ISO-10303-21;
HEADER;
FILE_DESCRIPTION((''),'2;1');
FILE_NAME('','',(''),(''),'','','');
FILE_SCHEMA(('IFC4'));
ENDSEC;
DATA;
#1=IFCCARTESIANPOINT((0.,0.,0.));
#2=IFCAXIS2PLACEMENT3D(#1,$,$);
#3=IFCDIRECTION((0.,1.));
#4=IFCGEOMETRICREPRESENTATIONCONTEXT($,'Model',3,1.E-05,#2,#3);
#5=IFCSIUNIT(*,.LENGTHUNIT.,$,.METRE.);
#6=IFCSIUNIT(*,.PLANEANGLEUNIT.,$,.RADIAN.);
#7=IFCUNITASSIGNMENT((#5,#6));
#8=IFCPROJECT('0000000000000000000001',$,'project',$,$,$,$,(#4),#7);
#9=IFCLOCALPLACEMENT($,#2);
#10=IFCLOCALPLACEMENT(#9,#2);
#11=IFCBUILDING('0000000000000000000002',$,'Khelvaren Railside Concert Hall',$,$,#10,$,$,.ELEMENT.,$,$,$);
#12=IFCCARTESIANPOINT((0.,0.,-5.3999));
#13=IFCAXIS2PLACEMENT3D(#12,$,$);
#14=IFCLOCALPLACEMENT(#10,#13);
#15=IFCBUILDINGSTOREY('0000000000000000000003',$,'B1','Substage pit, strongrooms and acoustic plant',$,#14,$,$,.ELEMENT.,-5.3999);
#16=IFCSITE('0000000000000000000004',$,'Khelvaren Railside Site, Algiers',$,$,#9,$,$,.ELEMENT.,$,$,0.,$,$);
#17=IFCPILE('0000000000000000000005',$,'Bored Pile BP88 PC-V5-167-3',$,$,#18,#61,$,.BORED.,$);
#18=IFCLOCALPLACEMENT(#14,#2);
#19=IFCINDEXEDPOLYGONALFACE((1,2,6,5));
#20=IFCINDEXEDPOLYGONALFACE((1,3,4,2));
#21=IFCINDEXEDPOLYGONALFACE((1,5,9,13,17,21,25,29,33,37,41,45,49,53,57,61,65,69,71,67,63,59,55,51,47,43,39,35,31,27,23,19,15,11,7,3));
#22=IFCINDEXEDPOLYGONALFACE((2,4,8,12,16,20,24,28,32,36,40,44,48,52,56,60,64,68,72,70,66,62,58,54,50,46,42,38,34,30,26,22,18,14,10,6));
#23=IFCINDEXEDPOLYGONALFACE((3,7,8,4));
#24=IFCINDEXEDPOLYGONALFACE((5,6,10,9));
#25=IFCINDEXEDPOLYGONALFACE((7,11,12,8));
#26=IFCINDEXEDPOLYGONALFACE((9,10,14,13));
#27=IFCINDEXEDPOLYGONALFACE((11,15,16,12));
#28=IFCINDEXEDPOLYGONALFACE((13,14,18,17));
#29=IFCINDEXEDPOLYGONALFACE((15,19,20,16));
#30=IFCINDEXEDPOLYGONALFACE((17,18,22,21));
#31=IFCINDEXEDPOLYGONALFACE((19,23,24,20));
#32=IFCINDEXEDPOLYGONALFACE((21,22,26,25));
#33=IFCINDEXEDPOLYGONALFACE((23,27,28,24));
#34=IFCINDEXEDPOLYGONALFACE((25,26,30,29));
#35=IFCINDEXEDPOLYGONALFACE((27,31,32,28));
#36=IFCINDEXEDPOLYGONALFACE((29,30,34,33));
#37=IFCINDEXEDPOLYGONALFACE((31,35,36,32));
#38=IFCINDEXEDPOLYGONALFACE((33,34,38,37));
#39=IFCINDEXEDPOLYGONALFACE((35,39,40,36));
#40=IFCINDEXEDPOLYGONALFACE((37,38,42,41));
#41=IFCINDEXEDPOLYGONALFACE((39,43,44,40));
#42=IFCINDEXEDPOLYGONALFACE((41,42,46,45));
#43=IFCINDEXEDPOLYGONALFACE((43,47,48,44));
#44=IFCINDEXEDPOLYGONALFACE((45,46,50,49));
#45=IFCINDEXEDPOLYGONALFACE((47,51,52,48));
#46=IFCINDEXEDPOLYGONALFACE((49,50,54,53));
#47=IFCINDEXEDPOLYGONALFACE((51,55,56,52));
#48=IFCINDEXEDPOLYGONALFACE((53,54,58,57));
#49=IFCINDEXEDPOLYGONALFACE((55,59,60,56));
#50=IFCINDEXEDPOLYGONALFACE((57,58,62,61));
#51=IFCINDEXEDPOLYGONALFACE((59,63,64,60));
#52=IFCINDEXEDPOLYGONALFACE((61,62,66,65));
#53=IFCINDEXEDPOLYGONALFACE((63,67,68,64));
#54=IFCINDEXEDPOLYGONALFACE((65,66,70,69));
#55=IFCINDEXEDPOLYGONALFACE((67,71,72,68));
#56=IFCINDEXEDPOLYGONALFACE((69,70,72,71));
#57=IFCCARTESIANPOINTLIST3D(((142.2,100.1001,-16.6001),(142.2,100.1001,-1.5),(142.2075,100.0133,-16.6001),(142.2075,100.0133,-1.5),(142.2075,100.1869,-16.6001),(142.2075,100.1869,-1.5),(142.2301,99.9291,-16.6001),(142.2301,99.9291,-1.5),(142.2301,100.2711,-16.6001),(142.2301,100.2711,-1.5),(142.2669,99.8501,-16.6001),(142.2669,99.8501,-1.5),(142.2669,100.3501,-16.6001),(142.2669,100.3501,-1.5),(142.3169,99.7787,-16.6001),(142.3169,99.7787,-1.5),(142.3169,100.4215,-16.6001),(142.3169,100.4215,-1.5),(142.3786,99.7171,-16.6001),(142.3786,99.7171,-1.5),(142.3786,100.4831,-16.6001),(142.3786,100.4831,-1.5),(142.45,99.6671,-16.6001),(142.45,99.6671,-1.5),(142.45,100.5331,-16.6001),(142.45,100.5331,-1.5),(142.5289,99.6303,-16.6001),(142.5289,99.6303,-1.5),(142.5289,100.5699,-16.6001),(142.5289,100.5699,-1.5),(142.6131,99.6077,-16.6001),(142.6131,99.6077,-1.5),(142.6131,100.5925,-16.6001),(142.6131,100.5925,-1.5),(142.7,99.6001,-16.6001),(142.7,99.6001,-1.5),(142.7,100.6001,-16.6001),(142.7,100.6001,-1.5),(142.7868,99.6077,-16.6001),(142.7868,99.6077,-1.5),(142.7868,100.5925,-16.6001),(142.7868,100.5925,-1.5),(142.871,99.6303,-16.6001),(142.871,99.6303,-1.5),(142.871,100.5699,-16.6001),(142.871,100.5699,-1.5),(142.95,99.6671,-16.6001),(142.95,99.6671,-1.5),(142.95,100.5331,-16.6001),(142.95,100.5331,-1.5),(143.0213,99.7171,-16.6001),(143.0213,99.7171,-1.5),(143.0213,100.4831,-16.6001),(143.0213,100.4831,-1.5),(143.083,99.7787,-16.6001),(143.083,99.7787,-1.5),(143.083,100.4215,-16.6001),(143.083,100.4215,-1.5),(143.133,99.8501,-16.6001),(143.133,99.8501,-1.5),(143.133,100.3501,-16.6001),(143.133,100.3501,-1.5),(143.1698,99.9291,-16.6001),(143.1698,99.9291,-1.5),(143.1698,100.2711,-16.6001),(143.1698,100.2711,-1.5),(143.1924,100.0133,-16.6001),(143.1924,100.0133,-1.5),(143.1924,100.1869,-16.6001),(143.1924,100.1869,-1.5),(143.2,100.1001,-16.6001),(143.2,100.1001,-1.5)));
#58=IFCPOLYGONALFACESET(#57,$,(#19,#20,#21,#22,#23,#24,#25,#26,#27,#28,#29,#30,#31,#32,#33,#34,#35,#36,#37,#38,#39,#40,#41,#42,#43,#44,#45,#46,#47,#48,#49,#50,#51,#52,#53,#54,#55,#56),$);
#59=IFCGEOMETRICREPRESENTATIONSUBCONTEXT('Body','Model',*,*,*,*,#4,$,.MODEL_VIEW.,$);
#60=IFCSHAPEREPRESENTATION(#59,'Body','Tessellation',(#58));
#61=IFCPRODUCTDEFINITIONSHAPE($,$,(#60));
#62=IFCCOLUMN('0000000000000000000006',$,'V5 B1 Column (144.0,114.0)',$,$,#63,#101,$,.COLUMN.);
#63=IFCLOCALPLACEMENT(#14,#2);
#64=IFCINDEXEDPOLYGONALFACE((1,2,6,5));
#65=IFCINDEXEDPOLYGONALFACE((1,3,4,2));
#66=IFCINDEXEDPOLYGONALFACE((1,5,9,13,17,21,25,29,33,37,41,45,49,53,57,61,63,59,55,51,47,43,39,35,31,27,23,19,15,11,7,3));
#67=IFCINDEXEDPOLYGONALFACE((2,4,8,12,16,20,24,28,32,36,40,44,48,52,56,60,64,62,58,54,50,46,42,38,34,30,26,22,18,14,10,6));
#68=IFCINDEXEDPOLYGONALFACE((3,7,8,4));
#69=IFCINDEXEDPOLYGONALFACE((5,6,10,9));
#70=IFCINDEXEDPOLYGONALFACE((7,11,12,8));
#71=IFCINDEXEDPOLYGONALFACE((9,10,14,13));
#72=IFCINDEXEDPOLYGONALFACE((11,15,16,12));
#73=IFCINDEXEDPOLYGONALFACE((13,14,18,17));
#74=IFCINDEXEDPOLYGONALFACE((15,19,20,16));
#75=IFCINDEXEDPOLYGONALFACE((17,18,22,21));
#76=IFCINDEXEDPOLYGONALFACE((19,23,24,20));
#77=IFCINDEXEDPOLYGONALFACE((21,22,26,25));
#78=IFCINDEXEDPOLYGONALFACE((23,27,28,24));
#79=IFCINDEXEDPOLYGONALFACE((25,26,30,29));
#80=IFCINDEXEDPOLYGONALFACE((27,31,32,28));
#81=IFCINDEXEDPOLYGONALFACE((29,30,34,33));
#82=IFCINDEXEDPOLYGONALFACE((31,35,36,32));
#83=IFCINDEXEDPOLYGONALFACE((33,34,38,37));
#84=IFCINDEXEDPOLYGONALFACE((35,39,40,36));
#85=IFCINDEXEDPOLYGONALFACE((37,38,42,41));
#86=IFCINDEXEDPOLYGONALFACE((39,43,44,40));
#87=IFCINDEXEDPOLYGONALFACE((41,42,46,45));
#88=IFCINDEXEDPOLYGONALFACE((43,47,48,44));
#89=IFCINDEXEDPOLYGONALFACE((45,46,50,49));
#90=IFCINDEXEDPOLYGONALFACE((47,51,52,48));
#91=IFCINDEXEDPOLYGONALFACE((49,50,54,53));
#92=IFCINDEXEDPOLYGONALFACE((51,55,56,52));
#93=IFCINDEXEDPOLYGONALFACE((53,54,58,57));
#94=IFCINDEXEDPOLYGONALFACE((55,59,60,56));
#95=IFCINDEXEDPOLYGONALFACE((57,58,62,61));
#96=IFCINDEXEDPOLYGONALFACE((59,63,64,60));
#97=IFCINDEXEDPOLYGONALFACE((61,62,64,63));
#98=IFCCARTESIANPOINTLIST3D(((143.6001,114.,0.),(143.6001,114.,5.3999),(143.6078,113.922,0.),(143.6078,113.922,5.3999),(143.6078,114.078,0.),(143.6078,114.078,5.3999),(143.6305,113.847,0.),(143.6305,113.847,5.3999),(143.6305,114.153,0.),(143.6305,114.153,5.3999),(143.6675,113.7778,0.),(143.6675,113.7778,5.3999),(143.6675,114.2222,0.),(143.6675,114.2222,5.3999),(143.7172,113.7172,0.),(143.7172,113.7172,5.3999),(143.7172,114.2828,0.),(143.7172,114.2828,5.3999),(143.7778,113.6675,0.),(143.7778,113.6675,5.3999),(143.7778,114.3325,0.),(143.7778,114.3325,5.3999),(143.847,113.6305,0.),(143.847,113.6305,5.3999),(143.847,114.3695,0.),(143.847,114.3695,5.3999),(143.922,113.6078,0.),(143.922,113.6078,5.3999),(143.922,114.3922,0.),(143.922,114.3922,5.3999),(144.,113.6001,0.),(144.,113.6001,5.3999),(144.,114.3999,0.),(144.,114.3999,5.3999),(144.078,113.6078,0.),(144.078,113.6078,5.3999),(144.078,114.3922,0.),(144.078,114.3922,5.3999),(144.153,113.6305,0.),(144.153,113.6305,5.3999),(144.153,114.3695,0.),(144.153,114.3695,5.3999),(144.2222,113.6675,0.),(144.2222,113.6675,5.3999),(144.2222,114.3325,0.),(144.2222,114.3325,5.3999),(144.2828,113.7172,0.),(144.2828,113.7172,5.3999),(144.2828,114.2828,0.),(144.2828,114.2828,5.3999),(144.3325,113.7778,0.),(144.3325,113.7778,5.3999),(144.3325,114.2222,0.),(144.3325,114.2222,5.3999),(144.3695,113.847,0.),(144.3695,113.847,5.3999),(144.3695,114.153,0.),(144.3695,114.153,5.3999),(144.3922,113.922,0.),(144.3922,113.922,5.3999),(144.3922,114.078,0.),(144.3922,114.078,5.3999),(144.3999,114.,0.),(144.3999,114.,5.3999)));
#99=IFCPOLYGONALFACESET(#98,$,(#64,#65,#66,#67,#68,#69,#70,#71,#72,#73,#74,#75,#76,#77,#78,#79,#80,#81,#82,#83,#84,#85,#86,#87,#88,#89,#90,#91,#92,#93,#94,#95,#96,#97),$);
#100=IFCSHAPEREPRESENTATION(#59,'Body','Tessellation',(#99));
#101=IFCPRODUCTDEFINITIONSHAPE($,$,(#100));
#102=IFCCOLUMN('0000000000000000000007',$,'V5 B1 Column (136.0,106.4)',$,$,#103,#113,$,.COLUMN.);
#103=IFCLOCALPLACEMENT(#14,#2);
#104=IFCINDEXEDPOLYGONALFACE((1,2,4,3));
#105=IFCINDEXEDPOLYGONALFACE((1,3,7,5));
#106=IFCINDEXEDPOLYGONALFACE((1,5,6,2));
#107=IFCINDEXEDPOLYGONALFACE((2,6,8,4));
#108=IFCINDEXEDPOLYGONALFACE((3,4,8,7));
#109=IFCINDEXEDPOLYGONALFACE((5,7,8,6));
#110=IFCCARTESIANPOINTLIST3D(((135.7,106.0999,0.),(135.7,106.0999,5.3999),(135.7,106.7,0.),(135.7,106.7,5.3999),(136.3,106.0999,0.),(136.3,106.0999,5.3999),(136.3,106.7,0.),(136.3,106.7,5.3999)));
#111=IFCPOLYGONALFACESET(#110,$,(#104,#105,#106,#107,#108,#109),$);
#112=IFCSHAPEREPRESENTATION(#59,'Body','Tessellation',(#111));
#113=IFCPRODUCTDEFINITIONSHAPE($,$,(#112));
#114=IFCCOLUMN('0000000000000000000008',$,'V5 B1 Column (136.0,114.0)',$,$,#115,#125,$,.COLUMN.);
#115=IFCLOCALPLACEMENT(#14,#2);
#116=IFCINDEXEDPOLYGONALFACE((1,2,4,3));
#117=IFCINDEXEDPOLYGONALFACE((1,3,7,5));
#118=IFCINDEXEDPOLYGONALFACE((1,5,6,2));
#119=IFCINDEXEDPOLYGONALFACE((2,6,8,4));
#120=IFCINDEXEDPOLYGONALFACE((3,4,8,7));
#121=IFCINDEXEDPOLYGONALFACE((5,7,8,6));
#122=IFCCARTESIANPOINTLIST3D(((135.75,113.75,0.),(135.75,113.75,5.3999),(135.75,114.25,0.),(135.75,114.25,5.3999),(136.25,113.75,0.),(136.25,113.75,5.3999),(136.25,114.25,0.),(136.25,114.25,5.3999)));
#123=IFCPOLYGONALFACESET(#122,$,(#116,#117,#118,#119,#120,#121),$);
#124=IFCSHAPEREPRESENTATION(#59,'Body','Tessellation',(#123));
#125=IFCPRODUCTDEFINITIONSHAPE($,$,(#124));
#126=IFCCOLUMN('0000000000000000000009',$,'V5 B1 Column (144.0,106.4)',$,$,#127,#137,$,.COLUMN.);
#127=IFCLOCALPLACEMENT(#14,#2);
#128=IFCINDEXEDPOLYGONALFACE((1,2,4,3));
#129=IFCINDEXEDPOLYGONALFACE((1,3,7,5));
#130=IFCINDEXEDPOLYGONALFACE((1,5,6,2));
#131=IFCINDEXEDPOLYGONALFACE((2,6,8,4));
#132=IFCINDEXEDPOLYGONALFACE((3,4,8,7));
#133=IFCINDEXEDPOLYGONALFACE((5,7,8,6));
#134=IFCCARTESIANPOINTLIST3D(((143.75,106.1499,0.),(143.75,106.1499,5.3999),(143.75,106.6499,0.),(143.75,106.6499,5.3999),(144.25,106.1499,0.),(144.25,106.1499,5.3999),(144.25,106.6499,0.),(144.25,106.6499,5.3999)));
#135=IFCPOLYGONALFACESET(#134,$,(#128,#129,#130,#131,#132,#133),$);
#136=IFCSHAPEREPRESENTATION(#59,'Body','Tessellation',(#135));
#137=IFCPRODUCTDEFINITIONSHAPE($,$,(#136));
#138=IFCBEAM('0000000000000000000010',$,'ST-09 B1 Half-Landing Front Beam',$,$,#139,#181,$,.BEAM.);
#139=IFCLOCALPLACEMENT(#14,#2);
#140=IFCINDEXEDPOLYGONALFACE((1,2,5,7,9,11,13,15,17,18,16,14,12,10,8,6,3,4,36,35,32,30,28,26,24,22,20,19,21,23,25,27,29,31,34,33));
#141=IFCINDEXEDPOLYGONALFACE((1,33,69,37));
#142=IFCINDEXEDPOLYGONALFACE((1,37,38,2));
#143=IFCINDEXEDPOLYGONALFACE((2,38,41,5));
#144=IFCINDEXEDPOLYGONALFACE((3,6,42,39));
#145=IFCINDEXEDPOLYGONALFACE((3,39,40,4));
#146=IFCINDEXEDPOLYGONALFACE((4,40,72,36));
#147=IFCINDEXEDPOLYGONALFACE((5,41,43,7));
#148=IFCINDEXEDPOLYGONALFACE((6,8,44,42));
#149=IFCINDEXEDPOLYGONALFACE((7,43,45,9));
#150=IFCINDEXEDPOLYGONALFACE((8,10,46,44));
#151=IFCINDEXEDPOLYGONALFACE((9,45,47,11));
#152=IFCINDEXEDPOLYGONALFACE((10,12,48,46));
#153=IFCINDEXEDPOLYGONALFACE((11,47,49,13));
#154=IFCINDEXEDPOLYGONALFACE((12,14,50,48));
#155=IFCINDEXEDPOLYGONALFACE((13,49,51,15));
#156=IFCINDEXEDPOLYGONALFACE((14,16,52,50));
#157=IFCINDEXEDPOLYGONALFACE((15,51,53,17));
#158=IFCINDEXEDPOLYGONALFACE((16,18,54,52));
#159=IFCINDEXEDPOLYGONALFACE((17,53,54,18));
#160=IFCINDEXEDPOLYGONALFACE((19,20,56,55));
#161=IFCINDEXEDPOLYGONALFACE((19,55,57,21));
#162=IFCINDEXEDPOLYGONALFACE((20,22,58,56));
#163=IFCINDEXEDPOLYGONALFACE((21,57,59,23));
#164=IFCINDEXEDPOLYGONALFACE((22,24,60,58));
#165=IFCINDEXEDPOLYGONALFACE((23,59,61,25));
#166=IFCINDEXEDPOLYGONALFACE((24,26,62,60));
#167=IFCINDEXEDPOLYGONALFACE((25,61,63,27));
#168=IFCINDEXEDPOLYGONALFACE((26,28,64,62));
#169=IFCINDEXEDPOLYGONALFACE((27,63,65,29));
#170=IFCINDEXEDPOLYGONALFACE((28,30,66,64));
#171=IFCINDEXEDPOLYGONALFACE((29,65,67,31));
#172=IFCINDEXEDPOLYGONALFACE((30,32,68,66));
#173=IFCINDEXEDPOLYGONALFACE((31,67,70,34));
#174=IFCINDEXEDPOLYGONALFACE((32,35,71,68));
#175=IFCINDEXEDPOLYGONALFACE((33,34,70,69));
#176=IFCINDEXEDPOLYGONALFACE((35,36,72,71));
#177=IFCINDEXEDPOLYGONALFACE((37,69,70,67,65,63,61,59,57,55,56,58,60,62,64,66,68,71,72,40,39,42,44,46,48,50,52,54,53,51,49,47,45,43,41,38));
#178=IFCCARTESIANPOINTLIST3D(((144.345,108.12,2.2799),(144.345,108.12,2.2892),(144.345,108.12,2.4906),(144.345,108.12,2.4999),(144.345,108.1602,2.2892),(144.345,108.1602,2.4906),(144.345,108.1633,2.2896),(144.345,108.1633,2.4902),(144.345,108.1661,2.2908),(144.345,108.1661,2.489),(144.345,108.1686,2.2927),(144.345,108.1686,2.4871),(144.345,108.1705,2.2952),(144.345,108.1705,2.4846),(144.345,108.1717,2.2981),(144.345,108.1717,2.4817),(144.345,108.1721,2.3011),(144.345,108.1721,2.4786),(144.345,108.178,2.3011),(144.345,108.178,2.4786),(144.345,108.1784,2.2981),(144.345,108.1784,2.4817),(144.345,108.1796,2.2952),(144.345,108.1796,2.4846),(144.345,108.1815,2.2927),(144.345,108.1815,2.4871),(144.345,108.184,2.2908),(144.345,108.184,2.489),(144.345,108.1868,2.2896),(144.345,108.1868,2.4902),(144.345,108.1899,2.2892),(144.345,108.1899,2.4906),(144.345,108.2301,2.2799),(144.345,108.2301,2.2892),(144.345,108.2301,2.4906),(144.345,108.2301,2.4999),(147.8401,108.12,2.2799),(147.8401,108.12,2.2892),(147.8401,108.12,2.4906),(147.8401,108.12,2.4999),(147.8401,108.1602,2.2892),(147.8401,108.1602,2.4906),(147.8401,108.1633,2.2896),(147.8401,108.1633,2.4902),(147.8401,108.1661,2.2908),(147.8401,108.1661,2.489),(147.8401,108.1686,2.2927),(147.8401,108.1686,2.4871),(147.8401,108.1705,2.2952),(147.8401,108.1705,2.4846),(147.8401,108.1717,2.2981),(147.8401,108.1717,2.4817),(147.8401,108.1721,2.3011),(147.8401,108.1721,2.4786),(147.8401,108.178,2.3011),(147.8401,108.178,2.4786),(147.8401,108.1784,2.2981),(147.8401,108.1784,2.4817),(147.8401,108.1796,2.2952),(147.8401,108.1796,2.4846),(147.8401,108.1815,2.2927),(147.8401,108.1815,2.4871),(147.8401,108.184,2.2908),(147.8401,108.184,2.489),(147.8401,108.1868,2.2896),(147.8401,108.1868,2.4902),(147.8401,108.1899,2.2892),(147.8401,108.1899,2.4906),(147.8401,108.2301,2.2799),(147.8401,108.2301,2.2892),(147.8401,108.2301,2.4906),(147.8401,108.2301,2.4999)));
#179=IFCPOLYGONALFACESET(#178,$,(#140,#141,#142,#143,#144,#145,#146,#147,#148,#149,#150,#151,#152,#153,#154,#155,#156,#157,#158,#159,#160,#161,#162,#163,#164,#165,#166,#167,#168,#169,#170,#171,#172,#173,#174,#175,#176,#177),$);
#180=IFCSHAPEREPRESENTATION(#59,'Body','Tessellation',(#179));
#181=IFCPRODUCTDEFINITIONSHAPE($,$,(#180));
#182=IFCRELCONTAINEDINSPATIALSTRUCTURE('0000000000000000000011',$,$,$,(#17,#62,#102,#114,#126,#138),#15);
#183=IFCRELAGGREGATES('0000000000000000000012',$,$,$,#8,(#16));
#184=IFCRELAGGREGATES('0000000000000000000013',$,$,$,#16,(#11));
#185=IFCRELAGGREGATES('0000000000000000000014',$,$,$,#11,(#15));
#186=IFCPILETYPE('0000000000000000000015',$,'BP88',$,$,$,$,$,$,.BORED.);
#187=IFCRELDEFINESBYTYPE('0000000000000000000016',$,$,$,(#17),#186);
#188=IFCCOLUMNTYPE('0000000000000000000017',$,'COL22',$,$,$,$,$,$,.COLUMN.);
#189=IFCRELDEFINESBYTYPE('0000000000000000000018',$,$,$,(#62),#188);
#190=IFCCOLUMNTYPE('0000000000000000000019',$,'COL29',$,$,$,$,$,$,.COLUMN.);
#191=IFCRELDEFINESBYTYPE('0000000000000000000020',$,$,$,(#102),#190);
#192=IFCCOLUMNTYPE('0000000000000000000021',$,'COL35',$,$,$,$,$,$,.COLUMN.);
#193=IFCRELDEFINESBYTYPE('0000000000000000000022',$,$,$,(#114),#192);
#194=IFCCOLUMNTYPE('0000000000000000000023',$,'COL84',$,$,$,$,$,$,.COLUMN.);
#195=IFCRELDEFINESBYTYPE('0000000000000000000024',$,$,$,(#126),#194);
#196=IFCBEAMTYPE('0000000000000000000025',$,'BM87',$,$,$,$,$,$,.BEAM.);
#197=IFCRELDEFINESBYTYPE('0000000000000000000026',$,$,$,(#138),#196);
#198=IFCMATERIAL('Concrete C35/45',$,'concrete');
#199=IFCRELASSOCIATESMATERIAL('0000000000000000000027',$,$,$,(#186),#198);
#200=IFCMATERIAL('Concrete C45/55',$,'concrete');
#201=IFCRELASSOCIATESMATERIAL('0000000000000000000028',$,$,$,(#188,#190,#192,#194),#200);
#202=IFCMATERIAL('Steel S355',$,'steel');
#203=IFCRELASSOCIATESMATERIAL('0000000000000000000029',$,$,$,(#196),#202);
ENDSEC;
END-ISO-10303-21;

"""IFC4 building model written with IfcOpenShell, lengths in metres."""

from ifc_helpers import new_model, si_unit, direction, frame, origin, origin_2d, place, context, subcontext, project, spatial, rectangle, circle, i_section, extrude, material, material_profile, profile_set, type_object, element, save


model = new_model("IFC4")

# Units and contexts
model_context = context("Model", 3, precision=1e-05, world=origin(), true_north=direction((0.0, 1.0)))
body_context = subcontext(model_context, "Body", "Model", "MODEL_VIEW")
ifc_project = project(units=[si_unit("LENGTHUNIT", "METRE"), si_unit("PLANEANGLEUNIT", "RADIAN")], contexts=[model_context])

# Site, building, storey
site_placement = place(None, origin())
site = spatial("IfcSite", under=ifc_project, at=site_placement, Name="Khelvaren Railside Site, Algiers", CompositionType="ELEMENT", RefElevation=0.0)
building_placement = place(site_placement, origin())
building = spatial("IfcBuilding", under=site, at=building_placement, Name="Khelvaren Railside Concert Hall", CompositionType="ELEMENT")
storey_placement = place(building_placement, frame((0.0, 0.0, -5.3999)))
storey = spatial("IfcBuildingStorey", under=building, at=storey_placement, Name="B1", Description="Substage pit, strongrooms and acoustic plant", CompositionType="ELEMENT", Elevation=-5.3999)

# Pile
ifc_material_1 = material(Name="Concrete C35/45", Category="concrete")
ifc_material_profile_1 = material_profile(ifc_material_1, circle(Radius=0.5, at=origin_2d()), Name="BP D1000")
ifc_profile_set_1 = profile_set([ifc_material_profile_1], Name="Concrete C35/45")
pile_type_1 = type_object("IfcPileType", Name="BP88", PredefinedType="BORED", material=ifc_profile_set_1)
pile_placement = place(storey_placement, frame((142.7, 100.1001, -1.5), z_axis=(0.0, 0.0, -1.0), x_axis=(1.0, 0.0, 0.0)))
element("IfcPile", 1, at=pile_placement, inside=storey, type_object=pile_type_1, Name="Bored Pile BP88 PC-V5-167-3", PredefinedType="BORED", context=body_context, shape_type="SweptSolid", body=[
    extrude(circle(Radius=0.5, at=origin_2d()), origin(), (0.0, 0.0, 1.0), 15.1001),
])

# Columns
ifc_material_2 = material(Name="Concrete C45/55", Category="concrete")
ifc_material_profile_2 = material_profile(ifc_material_2, circle(Radius=0.3999, at=origin_2d()), Name="RC D800")
ifc_profile_set_2 = profile_set([ifc_material_profile_2], Name="Concrete C45/55")
column_type_1 = type_object("IfcColumnType", Name="COL22", PredefinedType="COLUMN", material=ifc_profile_set_2)
column_1_placement = place(storey_placement, frame((144.0, 114.0, 0.0), z_axis=(0.0, 0.0, 1.0), x_axis=(1.0, 0.0, 0.0)))
element("IfcColumn", 2, at=column_1_placement, inside=storey, type_object=column_type_1, Name="V5 B1 Column (144.0,114.0)", PredefinedType="COLUMN", context=body_context, shape_type="SweptSolid", body=[
    extrude(circle(Radius=0.3999, at=origin_2d()), origin(), (0.0, 0.0, 1.0), 5.3999),
])
ifc_material_profile_3 = material_profile(ifc_material_2, rectangle(XDim=0.6001, YDim=0.6001, at=origin_2d()), Name="RC 600x600")
ifc_profile_set_3 = profile_set([ifc_material_profile_3], Name="Concrete C45/55")
column_type_2 = type_object("IfcColumnType", Name="COL29", PredefinedType="COLUMN", material=ifc_profile_set_3)
column_2_placement = place(storey_placement, frame((136.0, 106.3999, 0.0), z_axis=(0.0, 0.0, 1.0), x_axis=(1.0, 0.0, 0.0)))
element("IfcColumn", 3, at=column_2_placement, inside=storey, type_object=column_type_2, Name="V5 B1 Column (136.0,106.4)", PredefinedType="COLUMN", context=body_context, shape_type="SweptSolid", body=[
    extrude(rectangle(XDim=0.6001, YDim=0.6001, at=origin_2d()), origin(), (0.0, 0.0, 1.0), 5.3999),
])
ifc_material_profile_4 = material_profile(ifc_material_2, rectangle(XDim=0.5, YDim=0.5, at=origin_2d()), Name="RC 500x500")
ifc_profile_set_4 = profile_set([ifc_material_profile_4], Name="Concrete C45/55")
column_type_3 = type_object("IfcColumnType", Name="COL35", PredefinedType="COLUMN", material=ifc_profile_set_4)
column_3_placement = place(storey_placement, frame((136.0, 114.0, 0.0), z_axis=(0.0, 0.0, 1.0), x_axis=(1.0, 0.0, 0.0)))
element("IfcColumn", 4, at=column_3_placement, inside=storey, type_object=column_type_3, Name="V5 B1 Column (136.0,114.0)", PredefinedType="COLUMN", context=body_context, shape_type="SweptSolid", body=[
    extrude(rectangle(XDim=0.5, YDim=0.5, at=origin_2d()), origin(), (0.0, 0.0, 1.0), 5.3999),
])
ifc_material_profile_5 = material_profile(ifc_material_2, rectangle(XDim=0.5, YDim=0.5, at=origin_2d()), Name="RC 500x500")
ifc_profile_set_5 = profile_set([ifc_material_profile_5], Name="Concrete C45/55")
column_type_4 = type_object("IfcColumnType", Name="COL84", PredefinedType="COLUMN", material=ifc_profile_set_5)
column_4_placement = place(storey_placement, frame((144.0, 106.3999, 0.0), z_axis=(0.0, 0.0, 1.0), x_axis=(1.0, 0.0, 0.0)))
element("IfcColumn", 5, at=column_4_placement, inside=storey, type_object=column_type_4, Name="V5 B1 Column (144.0,106.4)", PredefinedType="COLUMN", context=body_context, shape_type="SweptSolid", body=[
    extrude(rectangle(XDim=0.5, YDim=0.5, at=origin_2d()), origin(), (0.0, 0.0, 1.0), 5.3999),
])

# Beam
ifc_material_3 = material(Name="Steel S355", Category="steel")
ifc_material_profile_6 = material_profile(ifc_material_3, i_section(OverallWidth=0.1101, OverallDepth=0.22, WebThickness=0.0059, FlangeThickness=0.0093, FilletRadius=0.012, at=origin_2d()), Name="IPE 220")
ifc_profile_set_6 = profile_set([ifc_material_profile_6], Name="Steel S355")
beam_type_1 = type_object("IfcBeamType", Name="BM87", PredefinedType="BEAM", material=ifc_profile_set_6)
for number, where, z_axis, x_axis, name in (
    (6, (144.345, 108.175, 2.3899), (1.0, 0.0, 0.0), (0.0, 1.0, 0.0), "ST-09 B1 Half-Landing Front Beam"),
):
    element("IfcBeam", number, at=place(storey_placement, frame(where, z_axis=z_axis, x_axis=x_axis)), inside=storey, type_object=beam_type_1, Name=name, PredefinedType="BEAM", context=body_context, shape_type="SweptSolid", body=[
        extrude(i_section(OverallWidth=0.1101, OverallDepth=0.22, WebThickness=0.0059, FlangeThickness=0.0093, FilletRadius=0.012, at=origin_2d()), origin(), (0.0, 0.0, 1.0), 3.4951),
    ])

save(model, "model.ifc")
